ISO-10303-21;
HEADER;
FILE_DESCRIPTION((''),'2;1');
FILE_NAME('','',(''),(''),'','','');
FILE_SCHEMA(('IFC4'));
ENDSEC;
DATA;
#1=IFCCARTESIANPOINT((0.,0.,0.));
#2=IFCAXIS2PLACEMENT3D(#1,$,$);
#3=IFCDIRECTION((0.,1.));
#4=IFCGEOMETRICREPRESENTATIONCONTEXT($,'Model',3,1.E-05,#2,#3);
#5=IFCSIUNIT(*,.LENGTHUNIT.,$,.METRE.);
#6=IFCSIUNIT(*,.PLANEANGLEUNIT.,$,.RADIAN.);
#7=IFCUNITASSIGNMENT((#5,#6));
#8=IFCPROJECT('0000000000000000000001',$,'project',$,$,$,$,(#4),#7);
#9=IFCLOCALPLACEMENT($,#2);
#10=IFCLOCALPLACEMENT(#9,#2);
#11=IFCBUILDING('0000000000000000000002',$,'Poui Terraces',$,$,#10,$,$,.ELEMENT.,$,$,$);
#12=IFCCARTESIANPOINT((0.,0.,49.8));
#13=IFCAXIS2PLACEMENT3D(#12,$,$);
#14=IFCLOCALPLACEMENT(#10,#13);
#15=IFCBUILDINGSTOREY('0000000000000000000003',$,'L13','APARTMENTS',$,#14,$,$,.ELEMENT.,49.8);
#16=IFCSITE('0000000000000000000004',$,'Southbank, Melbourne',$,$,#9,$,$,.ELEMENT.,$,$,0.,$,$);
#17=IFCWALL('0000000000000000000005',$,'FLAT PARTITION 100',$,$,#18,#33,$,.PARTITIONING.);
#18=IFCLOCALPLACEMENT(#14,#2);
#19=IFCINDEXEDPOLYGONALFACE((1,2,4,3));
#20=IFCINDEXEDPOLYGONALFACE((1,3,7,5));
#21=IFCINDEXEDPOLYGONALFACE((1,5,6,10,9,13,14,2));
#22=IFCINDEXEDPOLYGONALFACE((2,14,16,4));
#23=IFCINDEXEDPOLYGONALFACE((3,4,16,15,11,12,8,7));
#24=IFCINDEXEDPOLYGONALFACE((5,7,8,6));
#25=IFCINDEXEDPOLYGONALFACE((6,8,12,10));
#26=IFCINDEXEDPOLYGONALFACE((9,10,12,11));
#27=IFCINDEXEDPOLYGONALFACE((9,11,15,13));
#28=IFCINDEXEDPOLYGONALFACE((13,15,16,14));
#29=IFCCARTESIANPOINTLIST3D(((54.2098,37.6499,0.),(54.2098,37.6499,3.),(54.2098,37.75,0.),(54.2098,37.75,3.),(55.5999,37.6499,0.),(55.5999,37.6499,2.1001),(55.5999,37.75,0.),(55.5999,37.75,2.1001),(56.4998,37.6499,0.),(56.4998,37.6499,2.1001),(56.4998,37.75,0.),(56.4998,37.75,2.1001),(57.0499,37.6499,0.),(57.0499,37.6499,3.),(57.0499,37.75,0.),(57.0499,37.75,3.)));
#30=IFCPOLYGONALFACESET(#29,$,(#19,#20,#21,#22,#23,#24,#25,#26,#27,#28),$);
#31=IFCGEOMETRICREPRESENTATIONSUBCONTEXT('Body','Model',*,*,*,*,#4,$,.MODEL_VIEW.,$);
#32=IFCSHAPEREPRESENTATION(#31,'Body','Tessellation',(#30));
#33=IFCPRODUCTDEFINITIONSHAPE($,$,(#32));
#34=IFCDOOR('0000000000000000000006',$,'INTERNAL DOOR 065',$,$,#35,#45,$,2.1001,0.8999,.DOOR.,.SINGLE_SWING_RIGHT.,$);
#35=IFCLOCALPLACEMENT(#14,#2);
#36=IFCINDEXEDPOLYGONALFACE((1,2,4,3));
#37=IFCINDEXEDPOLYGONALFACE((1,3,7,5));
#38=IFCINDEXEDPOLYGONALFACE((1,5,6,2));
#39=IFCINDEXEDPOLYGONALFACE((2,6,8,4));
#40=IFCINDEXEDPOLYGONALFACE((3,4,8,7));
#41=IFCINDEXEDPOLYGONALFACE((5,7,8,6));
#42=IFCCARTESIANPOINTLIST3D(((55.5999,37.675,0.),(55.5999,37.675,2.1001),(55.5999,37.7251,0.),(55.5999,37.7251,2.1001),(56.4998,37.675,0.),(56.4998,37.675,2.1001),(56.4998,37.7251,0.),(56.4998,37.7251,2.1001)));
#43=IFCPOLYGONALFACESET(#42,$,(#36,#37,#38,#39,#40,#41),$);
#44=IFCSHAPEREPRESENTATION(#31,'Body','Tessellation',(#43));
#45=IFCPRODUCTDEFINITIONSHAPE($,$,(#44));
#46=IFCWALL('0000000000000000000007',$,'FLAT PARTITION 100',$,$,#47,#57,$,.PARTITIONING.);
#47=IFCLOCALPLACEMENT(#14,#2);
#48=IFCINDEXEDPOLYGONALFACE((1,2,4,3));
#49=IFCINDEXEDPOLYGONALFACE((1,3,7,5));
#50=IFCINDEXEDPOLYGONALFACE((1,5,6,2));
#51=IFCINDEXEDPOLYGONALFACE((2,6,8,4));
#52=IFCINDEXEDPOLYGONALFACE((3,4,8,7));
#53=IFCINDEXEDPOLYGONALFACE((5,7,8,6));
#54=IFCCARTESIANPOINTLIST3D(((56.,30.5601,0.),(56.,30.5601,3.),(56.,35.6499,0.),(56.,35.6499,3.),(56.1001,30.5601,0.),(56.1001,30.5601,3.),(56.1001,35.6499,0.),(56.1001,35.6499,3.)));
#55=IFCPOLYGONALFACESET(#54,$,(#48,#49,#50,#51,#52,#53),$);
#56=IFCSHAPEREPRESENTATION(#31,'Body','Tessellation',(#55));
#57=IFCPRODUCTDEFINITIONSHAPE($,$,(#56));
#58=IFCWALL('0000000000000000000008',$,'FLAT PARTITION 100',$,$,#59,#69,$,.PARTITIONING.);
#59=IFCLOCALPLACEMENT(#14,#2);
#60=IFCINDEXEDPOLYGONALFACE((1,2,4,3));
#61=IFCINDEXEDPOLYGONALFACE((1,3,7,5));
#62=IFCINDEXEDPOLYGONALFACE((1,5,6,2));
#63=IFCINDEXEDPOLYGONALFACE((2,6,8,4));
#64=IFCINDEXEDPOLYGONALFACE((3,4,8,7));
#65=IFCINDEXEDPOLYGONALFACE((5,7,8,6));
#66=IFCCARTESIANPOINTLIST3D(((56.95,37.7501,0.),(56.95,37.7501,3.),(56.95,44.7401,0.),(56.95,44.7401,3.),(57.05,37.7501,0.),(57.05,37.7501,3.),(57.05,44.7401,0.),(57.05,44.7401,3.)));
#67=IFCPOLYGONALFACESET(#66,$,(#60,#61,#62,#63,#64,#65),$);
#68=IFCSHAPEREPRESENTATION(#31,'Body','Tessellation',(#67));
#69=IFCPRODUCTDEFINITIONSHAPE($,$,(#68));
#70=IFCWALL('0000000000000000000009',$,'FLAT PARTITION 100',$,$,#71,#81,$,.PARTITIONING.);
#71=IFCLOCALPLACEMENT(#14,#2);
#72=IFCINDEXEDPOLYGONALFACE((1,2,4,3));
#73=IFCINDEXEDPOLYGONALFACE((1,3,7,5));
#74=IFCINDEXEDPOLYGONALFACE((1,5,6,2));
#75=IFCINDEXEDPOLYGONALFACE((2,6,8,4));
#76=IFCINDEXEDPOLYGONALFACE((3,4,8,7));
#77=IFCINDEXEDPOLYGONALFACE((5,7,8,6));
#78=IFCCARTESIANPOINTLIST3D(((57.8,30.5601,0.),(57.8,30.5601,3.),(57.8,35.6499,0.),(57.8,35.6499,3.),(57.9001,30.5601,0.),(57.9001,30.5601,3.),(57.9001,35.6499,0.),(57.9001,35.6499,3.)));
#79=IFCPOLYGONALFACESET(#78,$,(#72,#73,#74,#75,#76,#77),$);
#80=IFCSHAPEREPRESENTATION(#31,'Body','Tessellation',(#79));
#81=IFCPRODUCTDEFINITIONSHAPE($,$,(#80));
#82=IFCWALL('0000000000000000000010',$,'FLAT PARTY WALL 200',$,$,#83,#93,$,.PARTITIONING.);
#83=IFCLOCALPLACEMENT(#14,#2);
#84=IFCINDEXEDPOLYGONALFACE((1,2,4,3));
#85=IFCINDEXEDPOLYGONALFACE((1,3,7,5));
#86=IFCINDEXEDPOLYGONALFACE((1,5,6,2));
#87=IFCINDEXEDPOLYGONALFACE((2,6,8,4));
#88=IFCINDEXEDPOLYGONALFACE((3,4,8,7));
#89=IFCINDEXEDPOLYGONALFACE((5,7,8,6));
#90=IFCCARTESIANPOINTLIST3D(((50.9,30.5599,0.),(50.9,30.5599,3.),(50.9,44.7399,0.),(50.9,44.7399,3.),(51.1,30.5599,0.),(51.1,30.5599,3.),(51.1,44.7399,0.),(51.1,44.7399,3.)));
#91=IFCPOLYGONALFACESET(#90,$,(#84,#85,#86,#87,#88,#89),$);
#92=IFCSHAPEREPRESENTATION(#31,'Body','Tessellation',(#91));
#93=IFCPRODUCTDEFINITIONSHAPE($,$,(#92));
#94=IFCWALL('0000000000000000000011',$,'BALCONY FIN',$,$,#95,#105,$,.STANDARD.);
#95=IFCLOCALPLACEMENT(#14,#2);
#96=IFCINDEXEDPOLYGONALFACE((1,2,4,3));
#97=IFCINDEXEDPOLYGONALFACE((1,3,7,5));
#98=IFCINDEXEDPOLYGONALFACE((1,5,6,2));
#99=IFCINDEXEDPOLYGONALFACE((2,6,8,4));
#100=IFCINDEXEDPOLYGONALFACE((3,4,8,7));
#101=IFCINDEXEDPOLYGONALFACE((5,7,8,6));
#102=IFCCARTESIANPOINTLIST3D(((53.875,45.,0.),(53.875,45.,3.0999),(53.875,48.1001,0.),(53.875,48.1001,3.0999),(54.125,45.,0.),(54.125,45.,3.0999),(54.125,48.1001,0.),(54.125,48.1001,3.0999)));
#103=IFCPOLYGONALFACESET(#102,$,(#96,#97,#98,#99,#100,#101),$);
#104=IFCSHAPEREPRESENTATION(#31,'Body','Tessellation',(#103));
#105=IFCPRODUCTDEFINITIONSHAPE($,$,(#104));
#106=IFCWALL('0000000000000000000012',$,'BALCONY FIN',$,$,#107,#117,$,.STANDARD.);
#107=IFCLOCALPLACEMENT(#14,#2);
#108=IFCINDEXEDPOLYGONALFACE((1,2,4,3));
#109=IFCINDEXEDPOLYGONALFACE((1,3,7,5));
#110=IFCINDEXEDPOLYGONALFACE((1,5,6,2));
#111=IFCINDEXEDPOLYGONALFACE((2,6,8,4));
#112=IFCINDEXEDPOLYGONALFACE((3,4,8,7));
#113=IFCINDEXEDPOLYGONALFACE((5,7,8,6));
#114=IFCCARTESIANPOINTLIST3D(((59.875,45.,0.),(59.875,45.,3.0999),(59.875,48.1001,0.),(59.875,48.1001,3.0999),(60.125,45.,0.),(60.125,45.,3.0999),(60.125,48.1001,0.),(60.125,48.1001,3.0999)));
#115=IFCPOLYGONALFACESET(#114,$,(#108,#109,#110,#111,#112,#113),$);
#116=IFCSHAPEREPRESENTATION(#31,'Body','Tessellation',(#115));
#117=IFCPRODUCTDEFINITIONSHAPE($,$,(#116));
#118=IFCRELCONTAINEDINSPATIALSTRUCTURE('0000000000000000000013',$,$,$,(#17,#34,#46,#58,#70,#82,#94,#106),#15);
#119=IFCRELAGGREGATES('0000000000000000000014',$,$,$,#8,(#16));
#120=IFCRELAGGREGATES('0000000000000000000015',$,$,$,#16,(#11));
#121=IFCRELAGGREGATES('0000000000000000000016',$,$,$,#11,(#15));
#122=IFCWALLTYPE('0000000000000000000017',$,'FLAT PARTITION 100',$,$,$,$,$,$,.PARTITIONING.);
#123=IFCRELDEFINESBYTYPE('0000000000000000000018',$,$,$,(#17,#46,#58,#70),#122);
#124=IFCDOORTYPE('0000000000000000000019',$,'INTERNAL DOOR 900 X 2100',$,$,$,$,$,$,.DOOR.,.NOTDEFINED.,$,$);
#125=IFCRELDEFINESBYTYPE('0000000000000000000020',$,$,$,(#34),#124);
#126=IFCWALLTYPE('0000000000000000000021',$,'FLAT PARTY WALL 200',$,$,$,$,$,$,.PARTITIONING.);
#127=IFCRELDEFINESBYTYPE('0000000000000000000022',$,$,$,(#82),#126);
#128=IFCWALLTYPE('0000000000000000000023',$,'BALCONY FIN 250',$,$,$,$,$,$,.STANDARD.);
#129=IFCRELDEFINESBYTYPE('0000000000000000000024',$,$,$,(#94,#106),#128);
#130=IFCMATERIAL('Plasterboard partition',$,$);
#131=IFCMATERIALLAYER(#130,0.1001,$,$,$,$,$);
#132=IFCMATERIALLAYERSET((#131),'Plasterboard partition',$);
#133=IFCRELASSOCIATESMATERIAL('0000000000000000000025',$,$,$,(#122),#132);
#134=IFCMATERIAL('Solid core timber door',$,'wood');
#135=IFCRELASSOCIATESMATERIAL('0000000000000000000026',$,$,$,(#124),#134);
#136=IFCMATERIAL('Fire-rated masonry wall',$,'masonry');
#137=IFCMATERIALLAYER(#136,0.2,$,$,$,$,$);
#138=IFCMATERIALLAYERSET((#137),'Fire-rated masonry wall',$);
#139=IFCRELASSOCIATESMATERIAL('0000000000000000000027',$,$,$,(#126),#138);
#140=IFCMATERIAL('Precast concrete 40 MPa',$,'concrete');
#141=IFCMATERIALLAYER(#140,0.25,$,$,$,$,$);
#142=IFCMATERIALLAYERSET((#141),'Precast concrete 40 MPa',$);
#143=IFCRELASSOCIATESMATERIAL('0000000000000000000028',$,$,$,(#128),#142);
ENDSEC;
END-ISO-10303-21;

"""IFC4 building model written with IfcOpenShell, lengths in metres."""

from ifc_helpers import new_model, si_unit, direction, frame, frame_2d, origin, place, context, subcontext, project, spatial, polyline, rectangle, outline, extrude, source, transform, mapped, material, layer, layer_set, type_object, element, fill, save


model = new_model("IFC4")

# Units and contexts
model_context = context("Model", 3, precision=1e-05, world=origin(), true_north=direction((0.0, 1.0)))
body_context = subcontext(model_context, "Body", "Model", "MODEL_VIEW")
ifc_project = project(units=[si_unit("LENGTHUNIT", "METRE"), si_unit("PLANEANGLEUNIT", "RADIAN")], contexts=[model_context])

# Site, building, storey
site_placement = place(None, origin())
site = spatial("IfcSite", under=ifc_project, at=site_placement, Name="Southbank, Melbourne", CompositionType="ELEMENT", RefElevation=0.0)
building_placement = place(site_placement, origin())
building = spatial("IfcBuilding", under=site, at=building_placement, Name="Poui Terraces", CompositionType="ELEMENT")
storey_placement = place(building_placement, frame((0.0, 0.0, 49.8)))
storey = spatial("IfcBuildingStorey", under=building, at=storey_placement, Name="L13", Description="APARTMENTS", CompositionType="ELEMENT", Elevation=49.8)

# Wall, opening, door
ifc_material_1 = material(Name="Plasterboard partition")
ifc_layer_1 = layer(ifc_material_1, 0.1001)
ifc_layer_set_1 = layer_set([ifc_layer_1], Name="Plasterboard partition")
wall_type_1 = type_object("IfcWallType", Name="FLAT PARTITION 100", PredefinedType="PARTITIONING", material=ifc_layer_set_1)
ifc_material_2 = material(Name="Solid core timber door", Category="wood")
door_type_1 = type_object("IfcDoorType", Name="INTERNAL DOOR 900 X 2100", OperationType="NOTDEFINED", PredefinedType="DOOR", material=ifc_material_2)
wall_1_placement = place(storey_placement, frame((54.21, 37.7, 0.0), z_axis=(0.0, 0.0, 1.0), x_axis=(1.0, 0.0, 0.0)))
wall_1 = element("IfcWall", 1, at=wall_1_placement, inside=storey, type_object=wall_type_1, Name="FLAT PARTITION 100", PredefinedType="PARTITIONING", context=body_context, shape_type="SweptSolid", body=[
    extrude(rectangle(XDim=2.8401, YDim=0.1001, at=frame_2d((1.4199, 0.0))), origin(), (0.0, 0.0, 1.0), 3.0),
])
opening_1_placement = place(wall_1_placement, frame((1.3899, 0.0, 0.0)))
opening_1 = element("IfcOpeningElement", 2, at=opening_1_placement, cuts=wall_1, PredefinedType="OPENING", context=body_context, shape_type="SweptSolid", body=[
    extrude(rectangle(XDim=0.8999, YDim=2.1001, at=frame_2d((0.45, 1.05))), frame((0.0, 0.0601, 0.0), z_axis=(0.0, -1.0, 0.0), x_axis=(1.0, 0.0, 0.0)), (0.0, 0.0, 1.0), 0.1201),
])
door_1_placement = place(opening_1_placement, frame((0.8999, 0.0, 0.0), z_axis=(0.0, 0.0, 1.0), x_axis=(-1.0, 0.0, 0.0)))
door_1 = element("IfcDoor", 3, at=door_1_placement, inside=storey, type_object=door_type_1, Name="INTERNAL DOOR 065", OperationType="SINGLE_SWING_RIGHT", OverallHeight=2.1001, OverallWidth=0.8999, PredefinedType="DOOR", context=body_context, shape_type="SweptSolid", body=[
    extrude(rectangle(XDim=0.8999, YDim=2.1001, at=frame_2d((0.45, 1.05))), frame((0.0, 0.0249, 0.0), z_axis=(0.0, -1.0, 0.0), x_axis=(1.0, 0.0, 0.0)), (0.0, 0.0, 1.0), 0.05),
])
fill(opening_1, door_1)

# Walls
wall_2_placement = place(storey_placement, frame((56.05, 30.5601, 0.0), z_axis=(0.0, 0.0, 1.0), x_axis=(0.0, 1.0, 0.0)))
element("IfcWall", 4, at=wall_2_placement, inside=storey, type_object=wall_type_1, Name="FLAT PARTITION 100", PredefinedType="PARTITIONING", context=body_context, shape_type="SweptSolid", body=[
    extrude(rectangle(XDim=5.0898, YDim=0.1001, at=frame_2d((2.5449, 0.0))), origin(), (0.0, 0.0, 1.0), 3.0),
])
wall_3_placement = place(storey_placement, frame((57.0, 37.75, 0.0), z_axis=(0.0, 0.0, 1.0), x_axis=(0.0, 1.0, 0.0)))
element("IfcWall", 5, at=wall_3_placement, inside=storey, type_object=wall_type_1, Name="FLAT PARTITION 100", PredefinedType="PARTITIONING", context=body_context, shape_type="SweptSolid", body=[
    extrude(rectangle(XDim=6.99, YDim=0.1001, at=frame_2d((3.4951, 0.0))), origin(), (0.0, 0.0, 1.0), 3.0),
])
wall_4_placement = place(storey_placement, frame((57.8501, 30.5601, 0.0), z_axis=(0.0, 0.0, 1.0), x_axis=(0.0, 1.0, 0.0)))
element("IfcWall", 6, at=wall_4_placement, inside=storey, type_object=wall_type_1, Name="FLAT PARTITION 100", PredefinedType="PARTITIONING", context=body_context, shape_type="SweptSolid", body=[
    extrude(rectangle(XDim=5.0898, YDim=0.1001, at=frame_2d((2.5449, 0.0))), origin(), (0.0, 0.0, 1.0), 3.0),
])
ifc_material_3 = material(Name="Fire-rated masonry wall", Category="masonry")
ifc_layer_2 = layer(ifc_material_3, 0.2)
ifc_layer_set_2 = layer_set([ifc_layer_2], Name="Fire-rated masonry wall")
wall_type_2 = type_object("IfcWallType", Name="FLAT PARTY WALL 200", PredefinedType="PARTITIONING", material=ifc_layer_set_2)
wall_5_placement = place(storey_placement, frame((51.0, 30.5601, 0.0), z_axis=(0.0, 0.0, 1.0), x_axis=(0.0, 1.0, 0.0)))
element("IfcWall", 7, at=wall_5_placement, inside=storey, type_object=wall_type_2, Name="FLAT PARTY WALL 200", PredefinedType="PARTITIONING", context=body_context, shape_type="SweptSolid", body=[
    extrude(rectangle(XDim=14.1799, YDim=0.2, at=frame_2d((7.0898, 0.0))), origin(), (0.0, 0.0, 1.0), 3.0),
])
ifc_material_4 = material(Name="Precast concrete 40 MPa", Category="concrete")
ifc_layer_3 = layer(ifc_material_4, 0.25)
ifc_layer_set_3 = layer_set([ifc_layer_3], Name="Precast concrete 40 MPa")
wall_type_3 = type_object("IfcWallType", Name="BALCONY FIN 250", PredefinedType="STANDARD", material=ifc_layer_set_3)
shared_shape_1 = source(origin(), body_context, "Body", "SweptSolid", [
    extrude(outline(polyline([(0.0, 0.0), (0.25, 0.0), (0.25, 3.1001), (0.0, 3.1001), (0.0, 0.0)])), origin(), (0.0, 0.0, 1.0), 3.0999),
])
for number, where, name in (
    (8, (53.875, 45.0, 0.0), "BALCONY FIN"),
    (9, (59.875, 45.0, 0.0), "BALCONY FIN"),
):
    element("IfcWall", number, at=place(storey_placement, frame(where)), inside=storey, type_object=wall_type_3, Name=name, PredefinedType="STANDARD", context=body_context, shape_type="MappedRepresentation", body=[
        mapped(shared_shape_1, transform((0.0, 0.0, 0.0))),
    ])

save(model, "model.ifc")
